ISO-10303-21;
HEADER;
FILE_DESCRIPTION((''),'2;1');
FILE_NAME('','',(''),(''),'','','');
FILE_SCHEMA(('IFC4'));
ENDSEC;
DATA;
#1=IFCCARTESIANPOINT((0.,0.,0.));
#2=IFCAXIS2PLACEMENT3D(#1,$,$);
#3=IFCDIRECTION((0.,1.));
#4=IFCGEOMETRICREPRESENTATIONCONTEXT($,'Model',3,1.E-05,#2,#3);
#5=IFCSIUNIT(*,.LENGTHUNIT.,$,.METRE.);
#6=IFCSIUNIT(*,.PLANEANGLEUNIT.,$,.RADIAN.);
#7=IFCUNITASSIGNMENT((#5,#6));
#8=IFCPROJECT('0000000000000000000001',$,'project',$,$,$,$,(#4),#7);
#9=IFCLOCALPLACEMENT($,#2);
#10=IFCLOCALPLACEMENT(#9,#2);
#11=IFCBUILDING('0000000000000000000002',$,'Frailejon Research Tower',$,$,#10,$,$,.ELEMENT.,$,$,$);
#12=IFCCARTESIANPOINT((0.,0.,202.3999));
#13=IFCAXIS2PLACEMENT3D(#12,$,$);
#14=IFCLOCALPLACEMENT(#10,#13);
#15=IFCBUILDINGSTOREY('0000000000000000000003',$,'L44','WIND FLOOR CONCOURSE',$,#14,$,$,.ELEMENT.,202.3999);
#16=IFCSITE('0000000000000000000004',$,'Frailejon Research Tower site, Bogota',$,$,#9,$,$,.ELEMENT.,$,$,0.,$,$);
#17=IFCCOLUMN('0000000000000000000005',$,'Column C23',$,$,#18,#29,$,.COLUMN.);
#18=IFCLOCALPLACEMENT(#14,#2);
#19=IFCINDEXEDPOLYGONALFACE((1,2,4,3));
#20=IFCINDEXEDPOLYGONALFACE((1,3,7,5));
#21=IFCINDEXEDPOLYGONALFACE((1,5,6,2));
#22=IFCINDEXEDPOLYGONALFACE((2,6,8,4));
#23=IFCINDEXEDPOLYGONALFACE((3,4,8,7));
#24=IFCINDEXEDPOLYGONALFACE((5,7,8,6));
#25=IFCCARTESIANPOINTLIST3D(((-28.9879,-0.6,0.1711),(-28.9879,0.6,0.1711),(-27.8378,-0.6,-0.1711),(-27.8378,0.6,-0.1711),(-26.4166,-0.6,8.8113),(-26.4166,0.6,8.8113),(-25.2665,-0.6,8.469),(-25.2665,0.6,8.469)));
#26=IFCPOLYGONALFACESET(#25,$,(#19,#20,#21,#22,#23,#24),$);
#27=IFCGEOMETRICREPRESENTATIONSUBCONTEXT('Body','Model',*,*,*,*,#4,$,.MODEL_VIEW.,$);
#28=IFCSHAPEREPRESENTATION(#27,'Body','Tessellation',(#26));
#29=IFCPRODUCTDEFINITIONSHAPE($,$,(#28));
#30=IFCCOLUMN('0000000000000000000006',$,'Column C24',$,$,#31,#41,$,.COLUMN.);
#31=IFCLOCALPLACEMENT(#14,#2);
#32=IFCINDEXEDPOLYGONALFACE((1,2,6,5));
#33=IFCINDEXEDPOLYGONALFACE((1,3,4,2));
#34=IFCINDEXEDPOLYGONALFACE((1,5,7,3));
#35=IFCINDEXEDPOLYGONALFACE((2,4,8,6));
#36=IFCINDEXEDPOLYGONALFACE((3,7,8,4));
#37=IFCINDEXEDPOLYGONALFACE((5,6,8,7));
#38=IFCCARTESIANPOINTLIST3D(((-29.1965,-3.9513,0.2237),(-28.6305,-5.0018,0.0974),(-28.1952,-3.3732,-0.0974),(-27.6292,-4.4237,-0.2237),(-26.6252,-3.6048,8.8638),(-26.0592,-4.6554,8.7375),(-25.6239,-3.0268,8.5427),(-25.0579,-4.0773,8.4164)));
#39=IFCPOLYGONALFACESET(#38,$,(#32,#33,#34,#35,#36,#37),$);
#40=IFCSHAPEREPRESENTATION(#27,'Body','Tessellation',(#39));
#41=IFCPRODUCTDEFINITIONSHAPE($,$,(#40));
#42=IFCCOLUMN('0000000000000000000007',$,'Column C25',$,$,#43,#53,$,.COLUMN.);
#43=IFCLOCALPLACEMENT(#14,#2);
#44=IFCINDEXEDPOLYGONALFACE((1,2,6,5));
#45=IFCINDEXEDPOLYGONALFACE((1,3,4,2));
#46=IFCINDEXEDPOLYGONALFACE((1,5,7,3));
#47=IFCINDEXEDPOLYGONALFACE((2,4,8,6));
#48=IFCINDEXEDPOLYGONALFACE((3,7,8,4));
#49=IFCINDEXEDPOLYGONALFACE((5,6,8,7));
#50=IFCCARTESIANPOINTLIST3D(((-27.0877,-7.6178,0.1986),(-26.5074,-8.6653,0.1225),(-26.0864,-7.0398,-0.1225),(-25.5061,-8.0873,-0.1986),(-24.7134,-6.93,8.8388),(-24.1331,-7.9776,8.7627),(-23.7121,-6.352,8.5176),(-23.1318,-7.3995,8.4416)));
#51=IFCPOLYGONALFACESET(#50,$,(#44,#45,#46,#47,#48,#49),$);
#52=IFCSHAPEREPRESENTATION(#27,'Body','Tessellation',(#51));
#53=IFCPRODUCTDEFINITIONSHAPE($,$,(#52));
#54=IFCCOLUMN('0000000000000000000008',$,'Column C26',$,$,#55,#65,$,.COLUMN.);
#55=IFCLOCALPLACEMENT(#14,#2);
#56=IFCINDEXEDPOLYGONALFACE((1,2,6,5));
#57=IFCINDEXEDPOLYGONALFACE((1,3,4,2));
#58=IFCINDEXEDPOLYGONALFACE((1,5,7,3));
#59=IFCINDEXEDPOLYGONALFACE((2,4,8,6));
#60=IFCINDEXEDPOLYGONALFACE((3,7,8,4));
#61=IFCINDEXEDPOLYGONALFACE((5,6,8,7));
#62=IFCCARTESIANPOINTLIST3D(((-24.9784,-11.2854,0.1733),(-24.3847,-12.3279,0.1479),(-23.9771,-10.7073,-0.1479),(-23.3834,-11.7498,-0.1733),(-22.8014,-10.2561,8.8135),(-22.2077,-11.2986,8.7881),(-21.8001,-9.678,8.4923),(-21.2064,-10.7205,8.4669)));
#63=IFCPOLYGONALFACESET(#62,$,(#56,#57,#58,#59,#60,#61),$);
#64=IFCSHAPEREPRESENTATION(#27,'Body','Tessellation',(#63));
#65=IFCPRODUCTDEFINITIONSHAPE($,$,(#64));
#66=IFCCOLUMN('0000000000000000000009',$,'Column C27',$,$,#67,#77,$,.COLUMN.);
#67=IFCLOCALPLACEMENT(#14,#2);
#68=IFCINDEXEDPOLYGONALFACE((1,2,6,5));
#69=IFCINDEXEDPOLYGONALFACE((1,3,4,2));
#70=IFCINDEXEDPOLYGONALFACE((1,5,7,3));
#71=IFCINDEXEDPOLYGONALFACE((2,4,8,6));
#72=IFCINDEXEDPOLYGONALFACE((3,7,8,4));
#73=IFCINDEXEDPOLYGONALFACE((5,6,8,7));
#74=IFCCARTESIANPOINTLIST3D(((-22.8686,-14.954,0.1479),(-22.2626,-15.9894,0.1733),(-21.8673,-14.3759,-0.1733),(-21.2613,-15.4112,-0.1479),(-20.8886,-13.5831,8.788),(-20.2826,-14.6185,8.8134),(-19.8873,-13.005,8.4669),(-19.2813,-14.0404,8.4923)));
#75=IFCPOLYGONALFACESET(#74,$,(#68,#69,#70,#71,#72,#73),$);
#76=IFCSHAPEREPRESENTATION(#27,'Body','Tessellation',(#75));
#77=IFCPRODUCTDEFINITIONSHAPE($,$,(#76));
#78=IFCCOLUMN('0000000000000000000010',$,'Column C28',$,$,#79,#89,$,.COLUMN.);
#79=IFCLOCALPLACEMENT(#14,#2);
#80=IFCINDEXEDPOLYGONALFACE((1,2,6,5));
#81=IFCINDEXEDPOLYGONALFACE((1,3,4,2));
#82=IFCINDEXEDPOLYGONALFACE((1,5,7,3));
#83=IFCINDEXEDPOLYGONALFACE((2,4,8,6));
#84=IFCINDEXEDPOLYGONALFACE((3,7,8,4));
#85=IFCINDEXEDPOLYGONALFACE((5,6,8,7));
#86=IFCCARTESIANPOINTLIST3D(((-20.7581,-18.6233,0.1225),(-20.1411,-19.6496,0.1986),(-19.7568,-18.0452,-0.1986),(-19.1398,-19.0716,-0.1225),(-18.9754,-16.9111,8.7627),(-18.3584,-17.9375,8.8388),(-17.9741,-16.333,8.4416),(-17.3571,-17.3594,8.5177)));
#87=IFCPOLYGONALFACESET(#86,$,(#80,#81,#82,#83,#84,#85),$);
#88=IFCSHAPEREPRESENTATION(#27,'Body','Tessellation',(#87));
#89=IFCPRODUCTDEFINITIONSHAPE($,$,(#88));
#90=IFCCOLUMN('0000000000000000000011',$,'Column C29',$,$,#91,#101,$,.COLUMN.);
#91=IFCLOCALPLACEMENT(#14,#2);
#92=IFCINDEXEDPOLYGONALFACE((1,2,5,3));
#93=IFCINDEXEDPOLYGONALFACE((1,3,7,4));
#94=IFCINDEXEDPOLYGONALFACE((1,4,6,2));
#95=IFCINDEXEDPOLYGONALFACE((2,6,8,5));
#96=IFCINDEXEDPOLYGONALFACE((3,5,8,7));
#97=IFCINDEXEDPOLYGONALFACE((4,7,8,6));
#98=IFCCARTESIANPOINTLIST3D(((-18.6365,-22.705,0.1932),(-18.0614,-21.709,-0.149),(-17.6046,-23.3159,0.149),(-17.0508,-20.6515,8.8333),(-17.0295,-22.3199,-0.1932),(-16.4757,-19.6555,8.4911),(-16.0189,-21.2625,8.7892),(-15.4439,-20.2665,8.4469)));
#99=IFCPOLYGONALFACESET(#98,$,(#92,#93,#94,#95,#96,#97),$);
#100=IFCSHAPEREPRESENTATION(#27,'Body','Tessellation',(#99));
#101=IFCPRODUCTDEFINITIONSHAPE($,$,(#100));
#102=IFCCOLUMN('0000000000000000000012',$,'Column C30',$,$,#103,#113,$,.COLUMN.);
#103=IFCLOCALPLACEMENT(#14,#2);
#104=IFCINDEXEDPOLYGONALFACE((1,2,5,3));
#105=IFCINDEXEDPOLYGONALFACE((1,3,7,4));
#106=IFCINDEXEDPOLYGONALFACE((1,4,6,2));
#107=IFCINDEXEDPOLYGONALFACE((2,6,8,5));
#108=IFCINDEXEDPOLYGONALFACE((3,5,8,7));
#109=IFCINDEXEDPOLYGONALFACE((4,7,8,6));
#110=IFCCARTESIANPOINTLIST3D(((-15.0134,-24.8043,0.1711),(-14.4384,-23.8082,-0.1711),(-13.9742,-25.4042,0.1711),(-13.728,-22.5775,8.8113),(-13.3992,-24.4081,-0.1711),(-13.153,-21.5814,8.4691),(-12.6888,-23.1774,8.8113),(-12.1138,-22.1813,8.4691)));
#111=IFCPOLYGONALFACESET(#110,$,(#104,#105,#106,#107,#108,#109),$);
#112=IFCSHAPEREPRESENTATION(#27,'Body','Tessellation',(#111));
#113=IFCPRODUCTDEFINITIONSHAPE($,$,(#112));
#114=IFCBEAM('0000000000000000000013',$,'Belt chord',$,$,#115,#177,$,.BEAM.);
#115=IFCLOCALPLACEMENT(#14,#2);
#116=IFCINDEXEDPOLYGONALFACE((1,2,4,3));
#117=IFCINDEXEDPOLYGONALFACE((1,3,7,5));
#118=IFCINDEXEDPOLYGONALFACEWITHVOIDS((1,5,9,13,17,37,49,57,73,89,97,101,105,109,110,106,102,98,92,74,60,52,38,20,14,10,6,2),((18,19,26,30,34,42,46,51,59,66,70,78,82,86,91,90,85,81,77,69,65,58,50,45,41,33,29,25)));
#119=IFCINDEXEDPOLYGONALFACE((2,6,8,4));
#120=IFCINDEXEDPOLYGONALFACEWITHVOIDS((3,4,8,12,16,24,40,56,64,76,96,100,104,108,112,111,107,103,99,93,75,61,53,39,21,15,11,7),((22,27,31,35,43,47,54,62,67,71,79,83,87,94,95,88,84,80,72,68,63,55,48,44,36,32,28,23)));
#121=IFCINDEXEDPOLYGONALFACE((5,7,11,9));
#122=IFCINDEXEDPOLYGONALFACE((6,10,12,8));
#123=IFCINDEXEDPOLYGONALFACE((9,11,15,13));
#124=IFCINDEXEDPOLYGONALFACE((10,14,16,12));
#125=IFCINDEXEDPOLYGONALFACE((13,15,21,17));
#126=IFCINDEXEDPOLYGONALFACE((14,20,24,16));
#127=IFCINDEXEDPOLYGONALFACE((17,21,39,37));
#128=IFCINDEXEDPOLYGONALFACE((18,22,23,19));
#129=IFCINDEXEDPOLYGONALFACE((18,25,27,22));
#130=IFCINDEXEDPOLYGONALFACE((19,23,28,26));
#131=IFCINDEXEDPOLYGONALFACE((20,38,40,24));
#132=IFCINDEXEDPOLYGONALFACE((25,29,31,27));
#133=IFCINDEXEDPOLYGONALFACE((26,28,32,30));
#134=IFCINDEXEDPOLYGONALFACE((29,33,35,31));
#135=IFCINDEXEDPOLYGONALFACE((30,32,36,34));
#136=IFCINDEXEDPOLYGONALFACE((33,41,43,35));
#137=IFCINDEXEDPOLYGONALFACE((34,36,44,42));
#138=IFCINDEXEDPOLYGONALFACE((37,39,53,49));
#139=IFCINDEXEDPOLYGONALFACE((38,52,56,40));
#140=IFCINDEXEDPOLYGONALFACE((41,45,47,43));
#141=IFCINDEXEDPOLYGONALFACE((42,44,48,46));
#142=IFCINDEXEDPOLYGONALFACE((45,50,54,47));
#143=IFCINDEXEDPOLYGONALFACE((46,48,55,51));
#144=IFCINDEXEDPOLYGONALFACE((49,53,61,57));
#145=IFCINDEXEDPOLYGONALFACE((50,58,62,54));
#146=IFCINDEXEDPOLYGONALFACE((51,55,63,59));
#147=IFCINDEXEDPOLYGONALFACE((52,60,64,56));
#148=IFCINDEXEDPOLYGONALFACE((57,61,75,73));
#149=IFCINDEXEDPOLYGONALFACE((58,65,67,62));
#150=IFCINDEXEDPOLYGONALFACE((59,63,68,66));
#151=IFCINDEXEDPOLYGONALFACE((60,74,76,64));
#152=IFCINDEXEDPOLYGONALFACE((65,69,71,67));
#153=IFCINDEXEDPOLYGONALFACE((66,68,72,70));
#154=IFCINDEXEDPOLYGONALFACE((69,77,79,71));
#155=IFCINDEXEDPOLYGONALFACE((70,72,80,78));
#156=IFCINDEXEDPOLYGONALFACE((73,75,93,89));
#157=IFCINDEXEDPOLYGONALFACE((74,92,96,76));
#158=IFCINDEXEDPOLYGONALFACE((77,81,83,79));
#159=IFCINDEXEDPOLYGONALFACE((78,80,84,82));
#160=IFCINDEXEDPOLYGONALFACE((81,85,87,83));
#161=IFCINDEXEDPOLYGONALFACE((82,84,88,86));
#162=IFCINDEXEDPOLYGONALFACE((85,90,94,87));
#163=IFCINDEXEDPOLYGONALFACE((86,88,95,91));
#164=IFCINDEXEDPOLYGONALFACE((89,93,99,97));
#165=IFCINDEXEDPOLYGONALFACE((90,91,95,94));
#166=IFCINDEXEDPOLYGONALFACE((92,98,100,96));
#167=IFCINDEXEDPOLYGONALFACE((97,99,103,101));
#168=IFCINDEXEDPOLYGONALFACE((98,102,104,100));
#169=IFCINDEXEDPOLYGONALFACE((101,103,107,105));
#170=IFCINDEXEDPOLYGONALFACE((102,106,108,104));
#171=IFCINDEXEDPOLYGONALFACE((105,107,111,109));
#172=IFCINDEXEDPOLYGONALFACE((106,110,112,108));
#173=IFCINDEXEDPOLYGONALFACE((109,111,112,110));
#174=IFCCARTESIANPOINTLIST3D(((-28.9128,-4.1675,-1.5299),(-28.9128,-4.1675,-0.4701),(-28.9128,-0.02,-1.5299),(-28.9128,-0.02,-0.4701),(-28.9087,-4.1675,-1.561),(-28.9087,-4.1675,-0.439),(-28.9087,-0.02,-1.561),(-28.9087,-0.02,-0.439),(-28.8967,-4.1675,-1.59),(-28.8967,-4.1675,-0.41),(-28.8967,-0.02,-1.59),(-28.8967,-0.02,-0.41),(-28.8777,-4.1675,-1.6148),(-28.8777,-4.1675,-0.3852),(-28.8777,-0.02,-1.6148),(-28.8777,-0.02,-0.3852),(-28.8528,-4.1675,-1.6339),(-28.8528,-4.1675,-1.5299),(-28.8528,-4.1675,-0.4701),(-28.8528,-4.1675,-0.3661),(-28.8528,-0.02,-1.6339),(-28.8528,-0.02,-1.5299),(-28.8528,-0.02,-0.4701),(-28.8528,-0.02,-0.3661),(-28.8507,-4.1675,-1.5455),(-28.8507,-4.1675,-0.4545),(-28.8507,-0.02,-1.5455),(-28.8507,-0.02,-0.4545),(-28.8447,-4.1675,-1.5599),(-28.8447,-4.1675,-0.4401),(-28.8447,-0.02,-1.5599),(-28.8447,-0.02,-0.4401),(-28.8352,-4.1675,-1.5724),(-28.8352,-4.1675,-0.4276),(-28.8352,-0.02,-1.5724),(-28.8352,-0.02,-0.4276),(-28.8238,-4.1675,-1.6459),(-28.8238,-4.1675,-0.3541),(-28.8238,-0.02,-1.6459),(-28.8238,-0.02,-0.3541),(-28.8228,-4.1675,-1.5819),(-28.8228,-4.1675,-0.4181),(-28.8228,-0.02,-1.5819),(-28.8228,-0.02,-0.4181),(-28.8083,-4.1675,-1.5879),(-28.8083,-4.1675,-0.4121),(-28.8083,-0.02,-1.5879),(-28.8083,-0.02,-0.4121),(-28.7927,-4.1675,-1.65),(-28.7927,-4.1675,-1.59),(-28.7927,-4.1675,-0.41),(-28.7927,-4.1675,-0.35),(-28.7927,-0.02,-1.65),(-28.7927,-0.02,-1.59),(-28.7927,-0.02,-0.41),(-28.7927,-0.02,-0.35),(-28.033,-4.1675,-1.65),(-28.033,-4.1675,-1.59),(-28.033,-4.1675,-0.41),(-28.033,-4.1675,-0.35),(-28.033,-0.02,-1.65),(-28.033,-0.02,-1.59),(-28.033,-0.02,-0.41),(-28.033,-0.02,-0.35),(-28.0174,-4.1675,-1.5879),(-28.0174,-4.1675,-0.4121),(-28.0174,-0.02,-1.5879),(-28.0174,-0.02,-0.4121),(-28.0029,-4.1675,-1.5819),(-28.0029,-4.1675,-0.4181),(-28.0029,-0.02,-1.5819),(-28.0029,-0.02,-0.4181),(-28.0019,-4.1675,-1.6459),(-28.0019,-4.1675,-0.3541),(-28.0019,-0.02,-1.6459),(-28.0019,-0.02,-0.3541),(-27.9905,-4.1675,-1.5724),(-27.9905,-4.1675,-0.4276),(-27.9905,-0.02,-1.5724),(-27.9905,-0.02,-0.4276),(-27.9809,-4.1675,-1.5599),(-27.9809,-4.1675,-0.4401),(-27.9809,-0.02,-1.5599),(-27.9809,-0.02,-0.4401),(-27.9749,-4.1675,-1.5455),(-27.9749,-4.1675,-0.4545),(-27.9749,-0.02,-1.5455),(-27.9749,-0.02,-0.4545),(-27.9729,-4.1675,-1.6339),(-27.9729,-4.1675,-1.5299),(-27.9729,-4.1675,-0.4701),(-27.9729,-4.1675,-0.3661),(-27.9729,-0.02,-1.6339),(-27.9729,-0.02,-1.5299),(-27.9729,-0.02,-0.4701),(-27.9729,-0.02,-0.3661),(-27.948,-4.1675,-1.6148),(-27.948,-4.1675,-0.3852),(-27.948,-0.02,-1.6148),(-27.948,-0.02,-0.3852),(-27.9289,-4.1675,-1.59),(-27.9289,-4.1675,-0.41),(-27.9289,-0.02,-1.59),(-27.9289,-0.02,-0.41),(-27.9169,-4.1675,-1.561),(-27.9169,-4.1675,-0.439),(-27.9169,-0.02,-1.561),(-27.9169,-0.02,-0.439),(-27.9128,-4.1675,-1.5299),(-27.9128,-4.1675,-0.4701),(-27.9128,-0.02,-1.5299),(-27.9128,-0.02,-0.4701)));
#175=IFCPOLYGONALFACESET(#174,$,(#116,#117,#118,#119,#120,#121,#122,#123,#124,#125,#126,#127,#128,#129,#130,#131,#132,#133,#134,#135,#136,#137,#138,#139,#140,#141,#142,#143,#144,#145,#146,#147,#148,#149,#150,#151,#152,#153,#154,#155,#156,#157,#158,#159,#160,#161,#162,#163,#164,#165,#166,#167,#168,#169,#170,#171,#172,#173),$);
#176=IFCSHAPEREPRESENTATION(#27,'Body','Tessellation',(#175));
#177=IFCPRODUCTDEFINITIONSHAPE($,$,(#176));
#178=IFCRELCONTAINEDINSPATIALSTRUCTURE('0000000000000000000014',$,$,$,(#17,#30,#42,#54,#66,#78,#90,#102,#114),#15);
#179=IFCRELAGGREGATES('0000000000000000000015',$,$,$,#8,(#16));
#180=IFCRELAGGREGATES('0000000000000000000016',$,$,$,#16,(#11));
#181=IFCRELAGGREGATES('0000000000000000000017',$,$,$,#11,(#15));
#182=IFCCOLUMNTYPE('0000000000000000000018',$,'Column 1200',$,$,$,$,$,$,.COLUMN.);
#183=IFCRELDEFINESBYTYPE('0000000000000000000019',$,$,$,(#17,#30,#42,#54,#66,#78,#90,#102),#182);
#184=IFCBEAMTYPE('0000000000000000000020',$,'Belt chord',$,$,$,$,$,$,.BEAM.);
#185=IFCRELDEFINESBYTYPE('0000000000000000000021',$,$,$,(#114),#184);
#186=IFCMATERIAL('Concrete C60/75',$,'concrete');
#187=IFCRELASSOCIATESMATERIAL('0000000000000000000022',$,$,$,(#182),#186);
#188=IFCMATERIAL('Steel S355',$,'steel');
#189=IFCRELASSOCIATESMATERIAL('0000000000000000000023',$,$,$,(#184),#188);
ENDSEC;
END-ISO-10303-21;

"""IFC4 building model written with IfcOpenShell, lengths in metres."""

from ifc_helpers import new_model, si_unit, direction, frame, origin, origin_2d, place, context, subcontext, project, spatial, rectangle, hollow_rectangle, extrude, material, material_profile, profile_set, type_object, element, save


model = new_model("IFC4")

# Units and contexts
model_context = context("Model", 3, precision=1e-05, world=origin(), true_north=direction((0.0, 1.0)))
body_context = subcontext(model_context, "Body", "Model", "MODEL_VIEW")
ifc_project = project(units=[si_unit("LENGTHUNIT", "METRE"), si_unit("PLANEANGLEUNIT", "RADIAN")], contexts=[model_context])

# Site, building, storey
site_placement = place(None, origin())
site = spatial("IfcSite", under=ifc_project, at=site_placement, Name="Frailejon Research Tower site, Bogota", CompositionType="ELEMENT", RefElevation=0.0)
building_placement = place(site_placement, origin())
building = spatial("IfcBuilding", under=site, at=building_placement, Name="Frailejon Research Tower", CompositionType="ELEMENT")
storey_placement = place(building_placement, frame((0.0, 0.0, 202.3999)))
storey = spatial("IfcBuildingStorey", under=building, at=storey_placement, Name="L44", Description="WIND FLOOR CONCOURSE", CompositionType="ELEMENT", Elevation=202.3999)

# Columns
ifc_material_1 = material(Name="Concrete C60/75", Category="concrete")
ifc_material_profile_1 = material_profile(ifc_material_1, rectangle(XDim=1.2, YDim=1.2, at=origin_2d()), Name="Column 1200")
ifc_profile_set_1 = profile_set([ifc_material_profile_1], Name="Concrete C60/75")
column_type = type_object("IfcColumnType", Name="Column 1200", PredefinedType="COLUMN", material=ifc_profile_set_1)
column_1_placement = place(storey_placement, frame((-28.4128, 0.0, 0.0), z_axis=(0.285235, 0.0, 0.958458), x_axis=(0.0, -1.0, 0.0)))
element("IfcColumn", 1, at=column_1_placement, inside=storey, type_object=column_type, Name="Column C23", PredefinedType="COLUMN", context=body_context, shape_type="SweptSolid", body=[
    extrude(rectangle(XDim=1.2, YDim=1.2, at=origin_2d()), origin(), (0.0, 0.0, 1.0), 9.0146),
])
column_2_placement = place(storey_placement, frame((-28.4128, -4.1875, 0.0), z_axis=(0.285025, 0.038402, 0.957751), x_axis=(0.471673, -0.875468, -0.105266)))
element("IfcColumn", 2, at=column_2_placement, inside=storey, type_object=column_type, Name="Column C24", PredefinedType="COLUMN", context=body_context, shape_type="SweptSolid", body=[
    extrude(rectangle(XDim=1.2, YDim=1.2, at=origin_2d()), origin(), (0.0, 0.0, 1.0), 9.0212),
])
column_3_placement = place(storey_placement, frame((-26.2969, -7.8525, 0.0), z_axis=(0.264196, 0.076528, 0.961428), x_axis=(0.483613, -0.872983, -0.063406)))
element("IfcColumn", 3, at=column_3_placement, inside=storey, type_object=column_type, Name="Column C25", PredefinedType="COLUMN", context=body_context, shape_type="SweptSolid", body=[
    extrude(rectangle(XDim=1.2, YDim=1.2, at=origin_2d()), origin(), (0.0, 0.0, 1.0), 8.9868),
])
for number, where, z_axis, x_axis, name in (
    (4, (-24.1809, -11.5176, 0.0), (0.242713, 0.114756, 0.963287), (0.494794, -0.868752, -0.021176), "Column C26"),
    (5, (-22.0649, -15.1826, 0.0), (0.220746, 0.152835, 0.963282), (0.505005, -0.862856, 0.021174), "Column C27"),
):
    element("IfcColumn", number, at=place(storey_placement, frame(where, z_axis=z_axis, x_axis=x_axis)), inside=storey, type_object=column_type, Name=name, PredefinedType="COLUMN", context=body_context, shape_type="SweptSolid", body=[
        extrude(rectangle(XDim=1.2, YDim=1.2, at=origin_2d()), origin(), (0.0, 0.0, 1.0), 8.9695),
    ])
column_4_placement = place(storey_placement, frame((-19.949, -18.8474, 0.0), z_axis=(0.198372, 0.19052, 0.961432), x_axis=(0.51417, -0.855341, 0.063409)))
element("IfcColumn", 6, at=column_4_placement, inside=storey, type_object=column_type, Name="Column C28", PredefinedType="COLUMN", context=body_context, shape_type="SweptSolid", body=[
    extrude(rectangle(XDim=1.2, YDim=1.2, at=origin_2d()), origin(), (0.0, 0.0, 1.0), 8.9868),
])
column_5_placement = place(storey_placement, frame((-17.833, -22.5125, 0.0), z_axis=(0.175773, 0.227625, 0.957753), x_axis=(0.859893, -0.509146, -0.036806)))
element("IfcColumn", 7, at=column_5_placement, inside=storey, type_object=column_type, Name="Column C29", PredefinedType="COLUMN", context=body_context, shape_type="SweptSolid", body=[
    extrude(rectangle(XDim=1.2, YDim=1.2, at=origin_2d()), origin(), (0.0, 0.0, 1.0), 9.0212),
])
column_6_placement = place(storey_placement, frame((-14.2063, -24.6062, 0.0), z_axis=(0.142591, 0.247022, 0.958461), x_axis=(0.866064, -0.499934, 0.000002)))
element("IfcColumn", 8, at=column_6_placement, inside=storey, type_object=column_type, Name="Column C30", PredefinedType="COLUMN", context=body_context, shape_type="SweptSolid", body=[
    extrude(rectangle(XDim=1.2, YDim=1.2, at=origin_2d()), origin(), (0.0, 0.0, 1.0), 9.0146),
])

# Beam
ifc_material_2 = material(Name="Steel S355", Category="steel")
ifc_material_profile_2 = material_profile(ifc_material_2, hollow_rectangle(XDim=1.0, YDim=1.3, WallThickness=0.0601, InnerFilletRadius=0.0601, OuterFilletRadius=0.1201, at=origin_2d()), Name="Belt chord")
ifc_profile_set_2 = profile_set([ifc_material_profile_2], Name="Steel S355")
beam_type_1 = type_object("IfcBeamType", Name="Belt chord", PredefinedType="BEAM", material=ifc_profile_set_2)
beam_1_placement = place(storey_placement, frame((-28.4128, -0.02, -1.0), z_axis=(0.0, -1.0, 0.0), x_axis=(1.0, 0.0, 0.0)))
element("IfcBeam", 9, at=beam_1_placement, inside=storey, type_object=beam_type_1, Name="Belt chord", PredefinedType="BEAM", context=body_context, shape_type="SweptSolid", body=[
    extrude(hollow_rectangle(XDim=1.0, YDim=1.3, WallThickness=0.0601, InnerFilletRadius=0.0601, OuterFilletRadius=0.1201, at=origin_2d()), origin(), (0.0, 0.0, 1.0), 4.1475),
])

save(model, "model.ifc")
